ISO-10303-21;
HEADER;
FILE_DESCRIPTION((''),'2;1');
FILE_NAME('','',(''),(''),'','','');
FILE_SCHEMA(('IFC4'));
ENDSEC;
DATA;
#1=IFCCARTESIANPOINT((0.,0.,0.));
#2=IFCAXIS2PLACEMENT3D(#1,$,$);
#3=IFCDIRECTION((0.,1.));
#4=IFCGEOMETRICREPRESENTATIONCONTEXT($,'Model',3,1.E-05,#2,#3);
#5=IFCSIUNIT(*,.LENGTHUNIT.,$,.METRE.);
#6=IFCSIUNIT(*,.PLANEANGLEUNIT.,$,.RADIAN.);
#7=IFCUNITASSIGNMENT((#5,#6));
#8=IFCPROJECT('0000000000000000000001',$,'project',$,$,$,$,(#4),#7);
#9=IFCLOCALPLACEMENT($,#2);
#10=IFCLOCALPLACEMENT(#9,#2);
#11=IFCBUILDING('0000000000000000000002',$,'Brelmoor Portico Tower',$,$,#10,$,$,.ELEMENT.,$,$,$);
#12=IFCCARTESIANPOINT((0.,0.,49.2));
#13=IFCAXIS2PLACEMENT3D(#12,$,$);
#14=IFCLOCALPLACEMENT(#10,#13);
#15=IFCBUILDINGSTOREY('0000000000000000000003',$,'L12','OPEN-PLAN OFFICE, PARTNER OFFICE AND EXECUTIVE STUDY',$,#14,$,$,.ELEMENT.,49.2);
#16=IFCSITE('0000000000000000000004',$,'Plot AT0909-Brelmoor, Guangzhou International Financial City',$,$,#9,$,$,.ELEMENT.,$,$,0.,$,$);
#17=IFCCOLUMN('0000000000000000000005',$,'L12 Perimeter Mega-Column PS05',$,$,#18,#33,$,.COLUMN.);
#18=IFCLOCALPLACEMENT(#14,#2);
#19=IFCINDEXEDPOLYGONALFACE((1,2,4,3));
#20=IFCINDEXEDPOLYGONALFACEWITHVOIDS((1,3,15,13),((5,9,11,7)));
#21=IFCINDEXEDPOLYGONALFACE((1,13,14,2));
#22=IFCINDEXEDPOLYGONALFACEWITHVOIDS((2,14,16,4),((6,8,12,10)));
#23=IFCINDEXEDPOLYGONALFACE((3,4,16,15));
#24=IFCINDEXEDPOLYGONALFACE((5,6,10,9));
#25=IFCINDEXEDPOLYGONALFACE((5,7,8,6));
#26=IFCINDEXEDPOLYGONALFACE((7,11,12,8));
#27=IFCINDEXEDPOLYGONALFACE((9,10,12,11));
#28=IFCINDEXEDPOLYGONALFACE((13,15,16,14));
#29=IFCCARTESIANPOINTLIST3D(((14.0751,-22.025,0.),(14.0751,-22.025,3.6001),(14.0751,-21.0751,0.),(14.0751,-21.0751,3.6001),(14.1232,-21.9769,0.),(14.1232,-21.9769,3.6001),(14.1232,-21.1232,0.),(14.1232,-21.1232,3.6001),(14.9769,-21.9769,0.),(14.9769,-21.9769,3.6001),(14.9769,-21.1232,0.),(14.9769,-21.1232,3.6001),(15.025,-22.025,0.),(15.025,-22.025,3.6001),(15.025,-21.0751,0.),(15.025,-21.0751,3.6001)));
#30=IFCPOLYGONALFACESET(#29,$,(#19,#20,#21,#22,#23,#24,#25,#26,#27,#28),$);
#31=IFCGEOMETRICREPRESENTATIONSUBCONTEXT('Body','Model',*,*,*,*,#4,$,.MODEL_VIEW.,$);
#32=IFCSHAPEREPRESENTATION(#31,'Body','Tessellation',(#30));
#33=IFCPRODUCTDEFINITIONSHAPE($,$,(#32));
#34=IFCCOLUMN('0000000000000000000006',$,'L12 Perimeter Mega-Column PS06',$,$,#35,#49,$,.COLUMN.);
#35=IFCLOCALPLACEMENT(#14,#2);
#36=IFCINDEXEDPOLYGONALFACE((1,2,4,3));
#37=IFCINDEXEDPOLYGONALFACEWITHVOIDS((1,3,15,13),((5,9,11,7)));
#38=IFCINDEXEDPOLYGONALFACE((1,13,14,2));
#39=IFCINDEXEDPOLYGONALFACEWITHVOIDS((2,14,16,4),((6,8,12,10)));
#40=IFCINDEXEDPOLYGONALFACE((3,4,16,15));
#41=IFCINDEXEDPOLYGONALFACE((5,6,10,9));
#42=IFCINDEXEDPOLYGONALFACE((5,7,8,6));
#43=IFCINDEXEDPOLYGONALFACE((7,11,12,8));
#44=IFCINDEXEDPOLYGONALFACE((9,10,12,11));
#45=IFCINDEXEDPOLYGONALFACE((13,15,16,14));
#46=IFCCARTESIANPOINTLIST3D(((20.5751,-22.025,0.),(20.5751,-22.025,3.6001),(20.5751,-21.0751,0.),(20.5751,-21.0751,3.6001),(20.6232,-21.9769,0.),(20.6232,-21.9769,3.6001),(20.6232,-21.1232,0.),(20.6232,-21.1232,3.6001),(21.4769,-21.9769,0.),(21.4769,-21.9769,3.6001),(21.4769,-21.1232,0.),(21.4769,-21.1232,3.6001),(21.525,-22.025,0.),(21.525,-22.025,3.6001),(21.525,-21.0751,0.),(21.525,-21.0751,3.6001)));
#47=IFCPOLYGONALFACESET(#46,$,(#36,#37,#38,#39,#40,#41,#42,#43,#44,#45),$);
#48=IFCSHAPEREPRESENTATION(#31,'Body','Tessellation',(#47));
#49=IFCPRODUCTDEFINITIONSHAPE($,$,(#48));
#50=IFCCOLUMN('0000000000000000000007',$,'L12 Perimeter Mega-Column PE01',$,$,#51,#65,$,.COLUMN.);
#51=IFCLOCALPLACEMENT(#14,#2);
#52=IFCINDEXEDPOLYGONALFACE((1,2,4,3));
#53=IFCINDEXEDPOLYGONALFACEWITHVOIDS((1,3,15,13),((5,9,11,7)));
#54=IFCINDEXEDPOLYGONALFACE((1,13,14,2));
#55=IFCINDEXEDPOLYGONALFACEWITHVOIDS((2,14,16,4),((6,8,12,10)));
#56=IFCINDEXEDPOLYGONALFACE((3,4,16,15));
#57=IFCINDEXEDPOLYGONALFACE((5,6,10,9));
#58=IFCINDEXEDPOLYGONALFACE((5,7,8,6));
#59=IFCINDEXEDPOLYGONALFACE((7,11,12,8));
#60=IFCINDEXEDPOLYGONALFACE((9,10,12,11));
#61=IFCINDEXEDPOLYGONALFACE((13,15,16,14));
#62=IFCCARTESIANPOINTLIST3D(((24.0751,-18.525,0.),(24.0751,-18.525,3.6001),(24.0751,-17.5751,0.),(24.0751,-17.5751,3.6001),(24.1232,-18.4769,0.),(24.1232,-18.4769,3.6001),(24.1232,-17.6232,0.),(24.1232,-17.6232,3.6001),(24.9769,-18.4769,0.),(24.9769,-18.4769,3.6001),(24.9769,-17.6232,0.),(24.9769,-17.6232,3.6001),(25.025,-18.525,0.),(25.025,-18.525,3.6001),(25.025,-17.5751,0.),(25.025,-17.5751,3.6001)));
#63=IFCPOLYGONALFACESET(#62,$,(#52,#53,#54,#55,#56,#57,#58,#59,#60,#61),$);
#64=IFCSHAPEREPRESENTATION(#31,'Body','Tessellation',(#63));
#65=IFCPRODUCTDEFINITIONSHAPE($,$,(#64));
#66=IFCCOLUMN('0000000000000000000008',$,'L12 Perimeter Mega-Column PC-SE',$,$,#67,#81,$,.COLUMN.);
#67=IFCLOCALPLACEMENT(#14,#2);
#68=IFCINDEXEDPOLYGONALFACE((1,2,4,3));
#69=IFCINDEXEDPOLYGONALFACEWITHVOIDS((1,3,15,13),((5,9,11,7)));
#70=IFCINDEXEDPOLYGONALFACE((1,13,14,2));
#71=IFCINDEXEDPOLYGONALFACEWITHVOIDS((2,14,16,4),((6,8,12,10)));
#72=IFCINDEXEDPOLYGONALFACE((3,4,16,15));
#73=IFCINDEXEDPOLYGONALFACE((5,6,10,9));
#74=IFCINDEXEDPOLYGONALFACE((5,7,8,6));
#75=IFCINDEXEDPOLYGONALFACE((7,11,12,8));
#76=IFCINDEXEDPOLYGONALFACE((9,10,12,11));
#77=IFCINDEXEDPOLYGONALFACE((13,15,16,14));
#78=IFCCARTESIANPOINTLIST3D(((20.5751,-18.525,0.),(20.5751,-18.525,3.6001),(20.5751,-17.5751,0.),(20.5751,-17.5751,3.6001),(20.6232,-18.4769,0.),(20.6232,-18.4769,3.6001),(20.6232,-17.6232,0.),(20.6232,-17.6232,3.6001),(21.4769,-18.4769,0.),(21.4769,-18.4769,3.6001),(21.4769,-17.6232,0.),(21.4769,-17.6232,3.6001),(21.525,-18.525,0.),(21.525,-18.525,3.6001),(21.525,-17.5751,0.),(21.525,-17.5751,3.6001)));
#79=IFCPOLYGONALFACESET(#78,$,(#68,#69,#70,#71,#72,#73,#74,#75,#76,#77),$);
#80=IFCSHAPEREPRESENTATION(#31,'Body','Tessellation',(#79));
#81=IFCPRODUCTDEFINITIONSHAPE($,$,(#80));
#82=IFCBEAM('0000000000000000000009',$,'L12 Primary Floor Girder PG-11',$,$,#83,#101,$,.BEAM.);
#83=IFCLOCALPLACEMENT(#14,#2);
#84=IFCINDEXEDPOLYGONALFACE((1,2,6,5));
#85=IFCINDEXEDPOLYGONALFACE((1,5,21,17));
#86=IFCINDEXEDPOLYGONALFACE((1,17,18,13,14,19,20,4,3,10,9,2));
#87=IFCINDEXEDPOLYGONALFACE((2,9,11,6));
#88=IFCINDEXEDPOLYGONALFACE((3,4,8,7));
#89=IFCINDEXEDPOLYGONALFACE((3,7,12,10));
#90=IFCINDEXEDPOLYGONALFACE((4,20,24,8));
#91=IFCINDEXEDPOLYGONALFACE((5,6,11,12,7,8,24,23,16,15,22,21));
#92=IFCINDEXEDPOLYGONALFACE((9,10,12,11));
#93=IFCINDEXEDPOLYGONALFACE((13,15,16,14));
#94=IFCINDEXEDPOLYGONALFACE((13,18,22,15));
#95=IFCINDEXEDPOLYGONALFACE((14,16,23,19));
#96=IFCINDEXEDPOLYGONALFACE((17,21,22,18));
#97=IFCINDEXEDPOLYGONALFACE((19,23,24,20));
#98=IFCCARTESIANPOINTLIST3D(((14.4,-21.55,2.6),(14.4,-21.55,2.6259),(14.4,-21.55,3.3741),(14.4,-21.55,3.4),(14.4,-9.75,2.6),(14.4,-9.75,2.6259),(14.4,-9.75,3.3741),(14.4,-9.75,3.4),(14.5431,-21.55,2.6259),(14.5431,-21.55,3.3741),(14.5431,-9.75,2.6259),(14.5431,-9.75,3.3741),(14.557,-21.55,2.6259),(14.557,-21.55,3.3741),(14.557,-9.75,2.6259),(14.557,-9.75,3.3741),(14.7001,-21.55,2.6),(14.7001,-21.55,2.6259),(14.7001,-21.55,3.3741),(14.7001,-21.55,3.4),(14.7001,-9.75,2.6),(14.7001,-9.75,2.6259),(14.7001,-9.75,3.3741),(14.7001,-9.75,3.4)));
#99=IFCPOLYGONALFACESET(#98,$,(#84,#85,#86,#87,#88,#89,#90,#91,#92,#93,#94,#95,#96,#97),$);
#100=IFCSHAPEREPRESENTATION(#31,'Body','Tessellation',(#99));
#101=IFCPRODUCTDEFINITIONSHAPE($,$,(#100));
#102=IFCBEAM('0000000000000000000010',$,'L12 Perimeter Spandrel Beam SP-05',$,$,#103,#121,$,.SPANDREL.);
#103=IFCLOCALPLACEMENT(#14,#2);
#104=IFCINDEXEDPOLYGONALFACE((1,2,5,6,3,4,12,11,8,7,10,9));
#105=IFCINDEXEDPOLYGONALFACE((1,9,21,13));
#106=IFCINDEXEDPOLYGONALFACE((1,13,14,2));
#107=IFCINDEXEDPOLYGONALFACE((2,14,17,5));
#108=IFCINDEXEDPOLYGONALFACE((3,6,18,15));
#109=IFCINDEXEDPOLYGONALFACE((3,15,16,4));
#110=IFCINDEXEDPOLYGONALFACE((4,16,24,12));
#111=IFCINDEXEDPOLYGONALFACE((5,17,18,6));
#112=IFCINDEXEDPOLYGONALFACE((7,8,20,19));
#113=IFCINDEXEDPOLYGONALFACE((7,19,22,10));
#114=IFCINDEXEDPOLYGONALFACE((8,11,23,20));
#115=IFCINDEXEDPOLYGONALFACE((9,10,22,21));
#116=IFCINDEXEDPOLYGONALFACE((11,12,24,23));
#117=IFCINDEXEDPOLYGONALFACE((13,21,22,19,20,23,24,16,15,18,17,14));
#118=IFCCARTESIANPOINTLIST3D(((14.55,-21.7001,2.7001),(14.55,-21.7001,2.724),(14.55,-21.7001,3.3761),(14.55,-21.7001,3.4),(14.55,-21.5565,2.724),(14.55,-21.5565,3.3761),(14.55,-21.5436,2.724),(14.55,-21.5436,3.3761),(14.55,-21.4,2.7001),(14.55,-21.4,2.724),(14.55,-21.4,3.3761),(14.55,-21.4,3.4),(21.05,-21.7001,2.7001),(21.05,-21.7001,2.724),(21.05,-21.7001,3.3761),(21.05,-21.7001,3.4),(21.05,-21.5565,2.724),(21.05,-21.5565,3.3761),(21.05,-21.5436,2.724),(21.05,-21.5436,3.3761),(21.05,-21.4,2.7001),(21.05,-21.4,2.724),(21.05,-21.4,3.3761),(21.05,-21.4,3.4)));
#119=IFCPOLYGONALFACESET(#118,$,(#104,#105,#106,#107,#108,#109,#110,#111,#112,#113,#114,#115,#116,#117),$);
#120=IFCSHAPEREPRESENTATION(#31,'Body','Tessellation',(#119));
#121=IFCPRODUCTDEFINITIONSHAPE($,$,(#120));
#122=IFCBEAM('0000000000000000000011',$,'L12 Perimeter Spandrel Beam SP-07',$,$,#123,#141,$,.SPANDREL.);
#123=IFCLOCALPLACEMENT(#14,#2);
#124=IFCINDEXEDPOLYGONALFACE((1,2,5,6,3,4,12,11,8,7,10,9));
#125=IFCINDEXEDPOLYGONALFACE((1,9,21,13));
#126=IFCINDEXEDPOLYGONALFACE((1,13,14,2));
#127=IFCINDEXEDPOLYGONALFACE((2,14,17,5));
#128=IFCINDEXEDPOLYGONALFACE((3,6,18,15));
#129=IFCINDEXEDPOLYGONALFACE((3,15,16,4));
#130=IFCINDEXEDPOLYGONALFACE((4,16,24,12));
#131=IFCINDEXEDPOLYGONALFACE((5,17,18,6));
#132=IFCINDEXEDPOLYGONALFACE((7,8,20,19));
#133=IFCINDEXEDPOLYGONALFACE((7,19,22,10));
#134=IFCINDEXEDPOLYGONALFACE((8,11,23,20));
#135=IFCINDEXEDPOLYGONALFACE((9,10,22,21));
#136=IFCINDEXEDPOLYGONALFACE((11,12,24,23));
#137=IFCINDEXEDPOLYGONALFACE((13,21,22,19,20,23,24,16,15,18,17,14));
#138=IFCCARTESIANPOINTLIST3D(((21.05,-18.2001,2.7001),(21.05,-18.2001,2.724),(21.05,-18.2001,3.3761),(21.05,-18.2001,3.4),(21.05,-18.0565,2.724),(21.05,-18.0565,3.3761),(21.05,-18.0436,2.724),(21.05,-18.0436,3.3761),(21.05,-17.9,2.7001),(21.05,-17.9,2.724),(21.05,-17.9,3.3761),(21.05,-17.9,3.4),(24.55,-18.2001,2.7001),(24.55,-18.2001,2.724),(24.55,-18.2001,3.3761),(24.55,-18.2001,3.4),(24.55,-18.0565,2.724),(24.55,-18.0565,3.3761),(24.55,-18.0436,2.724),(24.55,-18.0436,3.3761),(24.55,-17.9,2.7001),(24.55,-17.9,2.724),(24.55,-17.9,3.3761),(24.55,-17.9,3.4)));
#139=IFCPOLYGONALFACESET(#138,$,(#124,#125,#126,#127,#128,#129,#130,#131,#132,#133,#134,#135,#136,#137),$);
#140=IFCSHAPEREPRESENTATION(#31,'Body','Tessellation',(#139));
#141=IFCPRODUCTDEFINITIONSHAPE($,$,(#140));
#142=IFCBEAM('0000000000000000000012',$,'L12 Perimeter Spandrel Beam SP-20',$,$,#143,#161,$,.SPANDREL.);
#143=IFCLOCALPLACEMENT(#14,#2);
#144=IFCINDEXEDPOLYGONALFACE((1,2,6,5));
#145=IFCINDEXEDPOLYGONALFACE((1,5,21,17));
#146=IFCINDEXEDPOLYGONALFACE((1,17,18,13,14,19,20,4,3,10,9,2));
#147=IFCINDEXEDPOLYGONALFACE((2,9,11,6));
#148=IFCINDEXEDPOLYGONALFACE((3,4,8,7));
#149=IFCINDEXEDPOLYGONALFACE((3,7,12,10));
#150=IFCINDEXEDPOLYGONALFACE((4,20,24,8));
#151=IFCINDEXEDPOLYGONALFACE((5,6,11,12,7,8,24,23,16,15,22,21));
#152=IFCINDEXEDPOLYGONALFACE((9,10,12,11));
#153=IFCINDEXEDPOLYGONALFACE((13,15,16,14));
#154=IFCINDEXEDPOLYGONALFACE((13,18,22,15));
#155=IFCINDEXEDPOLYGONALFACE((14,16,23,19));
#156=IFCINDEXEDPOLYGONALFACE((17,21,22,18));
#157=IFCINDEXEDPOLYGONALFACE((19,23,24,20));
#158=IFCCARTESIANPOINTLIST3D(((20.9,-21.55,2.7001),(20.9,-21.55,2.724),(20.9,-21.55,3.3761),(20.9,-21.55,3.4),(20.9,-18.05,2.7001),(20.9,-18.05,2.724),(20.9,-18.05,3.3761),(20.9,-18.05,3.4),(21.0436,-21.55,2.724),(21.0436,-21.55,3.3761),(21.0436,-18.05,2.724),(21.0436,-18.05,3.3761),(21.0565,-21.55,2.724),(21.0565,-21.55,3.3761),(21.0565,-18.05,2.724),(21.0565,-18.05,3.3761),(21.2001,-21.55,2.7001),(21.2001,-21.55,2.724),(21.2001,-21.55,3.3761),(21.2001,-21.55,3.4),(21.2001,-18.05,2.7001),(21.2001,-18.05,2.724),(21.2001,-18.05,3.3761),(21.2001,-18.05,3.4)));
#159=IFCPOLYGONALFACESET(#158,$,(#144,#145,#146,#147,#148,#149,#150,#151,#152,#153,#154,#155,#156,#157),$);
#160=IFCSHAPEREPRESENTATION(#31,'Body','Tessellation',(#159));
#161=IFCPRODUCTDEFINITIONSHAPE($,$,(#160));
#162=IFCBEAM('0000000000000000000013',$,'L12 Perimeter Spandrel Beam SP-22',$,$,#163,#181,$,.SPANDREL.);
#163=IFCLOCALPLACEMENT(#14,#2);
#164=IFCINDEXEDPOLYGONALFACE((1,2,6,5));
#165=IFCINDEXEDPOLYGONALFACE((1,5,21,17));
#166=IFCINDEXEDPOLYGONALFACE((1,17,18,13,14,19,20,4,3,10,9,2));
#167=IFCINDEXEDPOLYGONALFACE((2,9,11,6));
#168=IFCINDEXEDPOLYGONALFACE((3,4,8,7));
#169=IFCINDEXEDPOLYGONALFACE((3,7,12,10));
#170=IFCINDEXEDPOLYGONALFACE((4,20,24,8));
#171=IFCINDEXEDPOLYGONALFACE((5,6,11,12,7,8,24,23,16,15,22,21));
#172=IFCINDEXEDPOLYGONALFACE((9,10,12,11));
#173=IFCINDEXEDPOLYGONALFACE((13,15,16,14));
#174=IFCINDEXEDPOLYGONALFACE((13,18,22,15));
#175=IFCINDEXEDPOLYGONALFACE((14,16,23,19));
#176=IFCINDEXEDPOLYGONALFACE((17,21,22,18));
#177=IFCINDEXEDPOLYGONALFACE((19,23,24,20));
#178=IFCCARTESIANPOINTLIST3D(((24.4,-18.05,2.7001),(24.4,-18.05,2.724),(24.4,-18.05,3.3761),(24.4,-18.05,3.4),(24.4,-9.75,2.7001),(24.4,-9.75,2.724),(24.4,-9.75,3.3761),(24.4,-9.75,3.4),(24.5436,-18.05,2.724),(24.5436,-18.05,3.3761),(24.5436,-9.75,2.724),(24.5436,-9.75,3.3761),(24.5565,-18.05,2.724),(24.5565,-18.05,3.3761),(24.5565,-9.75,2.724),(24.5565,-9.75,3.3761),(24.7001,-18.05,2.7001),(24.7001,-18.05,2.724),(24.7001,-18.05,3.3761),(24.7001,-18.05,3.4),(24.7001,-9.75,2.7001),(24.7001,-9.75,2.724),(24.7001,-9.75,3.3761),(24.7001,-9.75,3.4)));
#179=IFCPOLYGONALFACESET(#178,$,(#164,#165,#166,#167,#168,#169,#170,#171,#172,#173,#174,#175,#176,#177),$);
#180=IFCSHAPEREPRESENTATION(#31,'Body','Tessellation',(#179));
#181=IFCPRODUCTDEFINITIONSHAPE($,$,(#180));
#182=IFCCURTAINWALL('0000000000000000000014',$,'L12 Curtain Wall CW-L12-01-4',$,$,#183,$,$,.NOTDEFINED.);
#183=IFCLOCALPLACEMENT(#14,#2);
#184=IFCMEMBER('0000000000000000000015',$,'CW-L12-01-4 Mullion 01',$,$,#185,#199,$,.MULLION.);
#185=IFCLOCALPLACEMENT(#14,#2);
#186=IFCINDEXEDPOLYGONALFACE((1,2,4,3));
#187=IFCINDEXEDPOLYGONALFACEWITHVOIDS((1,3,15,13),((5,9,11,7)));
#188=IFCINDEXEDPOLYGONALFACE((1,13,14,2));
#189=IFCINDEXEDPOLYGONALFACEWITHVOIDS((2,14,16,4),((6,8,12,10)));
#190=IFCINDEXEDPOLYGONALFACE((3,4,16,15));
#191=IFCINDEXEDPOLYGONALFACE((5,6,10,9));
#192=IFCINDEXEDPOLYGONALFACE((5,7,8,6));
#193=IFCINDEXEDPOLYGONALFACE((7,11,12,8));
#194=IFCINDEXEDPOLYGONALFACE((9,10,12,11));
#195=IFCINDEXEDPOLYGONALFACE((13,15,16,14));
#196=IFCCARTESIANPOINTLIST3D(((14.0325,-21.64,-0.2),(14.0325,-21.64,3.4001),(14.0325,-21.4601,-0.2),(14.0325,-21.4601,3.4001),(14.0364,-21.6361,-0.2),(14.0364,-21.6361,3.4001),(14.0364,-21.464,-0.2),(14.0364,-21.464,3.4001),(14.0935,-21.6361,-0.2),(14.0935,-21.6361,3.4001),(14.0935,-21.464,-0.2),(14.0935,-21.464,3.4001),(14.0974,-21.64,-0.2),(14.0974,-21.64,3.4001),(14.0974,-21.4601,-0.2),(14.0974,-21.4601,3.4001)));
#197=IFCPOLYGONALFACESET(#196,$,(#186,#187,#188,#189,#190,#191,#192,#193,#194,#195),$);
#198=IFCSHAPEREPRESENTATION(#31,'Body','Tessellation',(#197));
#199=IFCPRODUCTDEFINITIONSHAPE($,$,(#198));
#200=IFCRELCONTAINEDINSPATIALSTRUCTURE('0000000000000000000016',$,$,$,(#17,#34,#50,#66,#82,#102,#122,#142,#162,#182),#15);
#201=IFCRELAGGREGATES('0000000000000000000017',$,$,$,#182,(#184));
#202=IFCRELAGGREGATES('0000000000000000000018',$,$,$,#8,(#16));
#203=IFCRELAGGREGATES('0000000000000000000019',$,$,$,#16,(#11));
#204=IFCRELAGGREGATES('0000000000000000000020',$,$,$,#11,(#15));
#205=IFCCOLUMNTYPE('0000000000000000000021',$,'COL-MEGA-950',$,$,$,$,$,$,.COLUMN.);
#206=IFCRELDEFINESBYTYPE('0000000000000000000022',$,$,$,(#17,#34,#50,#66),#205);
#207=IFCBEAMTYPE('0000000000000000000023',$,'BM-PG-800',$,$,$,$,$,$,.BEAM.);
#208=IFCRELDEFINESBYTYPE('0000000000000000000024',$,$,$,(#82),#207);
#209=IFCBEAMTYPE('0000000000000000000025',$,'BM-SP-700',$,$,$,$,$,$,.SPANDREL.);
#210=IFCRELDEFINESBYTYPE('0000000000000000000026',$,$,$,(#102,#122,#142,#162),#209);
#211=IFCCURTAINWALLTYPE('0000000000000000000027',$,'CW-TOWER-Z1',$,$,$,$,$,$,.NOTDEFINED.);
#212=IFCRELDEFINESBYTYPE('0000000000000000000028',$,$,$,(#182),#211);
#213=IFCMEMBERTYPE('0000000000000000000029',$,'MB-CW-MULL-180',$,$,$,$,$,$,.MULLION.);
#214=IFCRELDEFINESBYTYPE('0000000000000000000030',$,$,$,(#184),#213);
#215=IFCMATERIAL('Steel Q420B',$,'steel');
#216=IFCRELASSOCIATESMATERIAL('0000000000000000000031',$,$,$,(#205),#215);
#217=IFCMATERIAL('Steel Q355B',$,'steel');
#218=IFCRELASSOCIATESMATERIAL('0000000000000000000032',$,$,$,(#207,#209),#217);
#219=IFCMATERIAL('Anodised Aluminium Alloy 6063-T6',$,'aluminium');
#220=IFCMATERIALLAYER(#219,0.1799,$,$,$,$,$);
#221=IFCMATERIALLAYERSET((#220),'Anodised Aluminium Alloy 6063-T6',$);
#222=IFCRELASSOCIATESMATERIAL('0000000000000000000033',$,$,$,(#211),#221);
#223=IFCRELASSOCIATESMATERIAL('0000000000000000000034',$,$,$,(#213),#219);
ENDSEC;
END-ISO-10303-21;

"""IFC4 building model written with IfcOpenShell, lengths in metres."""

from ifc_helpers import new_model, si_unit, direction, frame, origin, origin_2d, place, context, subcontext, project, spatial, hollow_rectangle, i_section, extrude, material, layer, layer_set, material_profile, profile_set, type_object, element, aggregate, save


model = new_model("IFC4")

# Units and contexts
model_context = context("Model", 3, precision=1e-05, world=origin(), true_north=direction((0.0, 1.0)))
body_context = subcontext(model_context, "Body", "Model", "MODEL_VIEW")
ifc_project = project(units=[si_unit("LENGTHUNIT", "METRE"), si_unit("PLANEANGLEUNIT", "RADIAN")], contexts=[model_context])

# Site, building, storey
site_placement = place(None, origin())
site = spatial("IfcSite", under=ifc_project, at=site_placement, Name="Plot AT0909-Brelmoor, Guangzhou International Financial City", CompositionType="ELEMENT", RefElevation=0.0)
building_placement = place(site_placement, origin())
building = spatial("IfcBuilding", under=site, at=building_placement, Name="Brelmoor Portico Tower", CompositionType="ELEMENT")
storey_placement = place(building_placement, frame((0.0, 0.0, 49.2)))
storey = spatial("IfcBuildingStorey", under=building, at=storey_placement, Name="L12", Description="OPEN-PLAN OFFICE, PARTNER OFFICE AND EXECUTIVE STUDY", CompositionType="ELEMENT", Elevation=49.2)

# Columns
ifc_material_1 = material(Name="Steel Q420B", Category="steel")
ifc_material_profile_1 = material_profile(ifc_material_1, hollow_rectangle(XDim=0.95, YDim=0.95, WallThickness=0.0481, at=origin_2d()), Name="BOX 950x950x48")
ifc_profile_set_1 = profile_set([ifc_material_profile_1], Name="Steel Q420B")
column_type = type_object("IfcColumnType", Name="COL-MEGA-950", PredefinedType="COLUMN", material=ifc_profile_set_1)
for number, where, z_axis, x_axis, name in (
    (1, (14.55, -21.55, 0.0), (0.0, 0.0, 1.0), (1.0, 0.0, 0.0), "L12 Perimeter Mega-Column PS05"),
    (2, (21.05, -21.55, 0.0), (0.0, 0.0, 1.0), (1.0, 0.0, 0.0), "L12 Perimeter Mega-Column PS06"),
    (3, (24.55, -18.05, 0.0), (0.0, 0.0, 1.0), (0.0, 1.0, 0.0), "L12 Perimeter Mega-Column PE01"),
    (4, (21.05, -18.05, 0.0), (0.0, 0.0, 1.0), (1.0, 0.0, 0.0), "L12 Perimeter Mega-Column PC-SE"),
):
    element("IfcColumn", number, at=place(storey_placement, frame(where, z_axis=z_axis, x_axis=x_axis)), inside=storey, type_object=column_type, Name=name, PredefinedType="COLUMN", context=body_context, shape_type="SweptSolid", body=[
        extrude(hollow_rectangle(XDim=0.95, YDim=0.95, WallThickness=0.0481, at=origin_2d()), origin(), (0.0, 0.0, 1.0), 3.6001),
    ])

# Beams
ifc_material_2 = material(Name="Steel Q355B", Category="steel")
ifc_material_profile_2 = material_profile(ifc_material_2, i_section(OverallWidth=0.3, OverallDepth=0.8, WebThickness=0.0139, FlangeThickness=0.0259, at=origin_2d()), Name="HN 800x300x14x26")
ifc_profile_set_2 = profile_set([ifc_material_profile_2], Name="Steel Q355B")
beam_type_1 = type_object("IfcBeamType", Name="BM-PG-800", PredefinedType="BEAM", material=ifc_profile_set_2)
beam_1_placement = place(storey_placement, frame((14.55, -21.55, 3.0), z_axis=(0.0, 1.0, 0.0), x_axis=(-1.0, 0.0, 0.0)))
element("IfcBeam", 5, at=beam_1_placement, inside=storey, type_object=beam_type_1, Name="L12 Primary Floor Girder PG-11", PredefinedType="BEAM", context=body_context, shape_type="SweptSolid", body=[
    extrude(i_section(OverallWidth=0.3, OverallDepth=0.8, WebThickness=0.0139, FlangeThickness=0.0259, at=origin_2d()), origin(), (0.0, 0.0, 1.0), 11.8),
])
ifc_material_profile_3 = material_profile(ifc_material_2, i_section(OverallWidth=0.3, OverallDepth=0.7, WebThickness=0.0129, FlangeThickness=0.0239, at=origin_2d()), Name="HN 700x300x13x24")
ifc_profile_set_3 = profile_set([ifc_material_profile_3], Name="Steel Q355B")
beam_type_2 = type_object("IfcBeamType", Name="BM-SP-700", PredefinedType="SPANDREL", material=ifc_profile_set_3)
beam_2_placement = place(storey_placement, frame((14.55, -21.55, 3.05), z_axis=(1.0, 0.0, 0.0), x_axis=(0.0, 1.0, 0.0)))
element("IfcBeam", 6, at=beam_2_placement, inside=storey, type_object=beam_type_2, Name="L12 Perimeter Spandrel Beam SP-05", PredefinedType="SPANDREL", context=body_context, shape_type="SweptSolid", body=[
    extrude(i_section(OverallWidth=0.3, OverallDepth=0.7, WebThickness=0.0129, FlangeThickness=0.0239, at=origin_2d()), origin(), (0.0, 0.0, 1.0), 6.5),
])
for number, where, z_axis, x_axis, name in (
    (7, (21.05, -18.05, 3.05), (1.0, 0.0, 0.0), (0.0, 1.0, 0.0), "L12 Perimeter Spandrel Beam SP-07"),
    (8, (21.05, -21.55, 3.05), (0.0, 1.0, 0.0), (-1.0, 0.0, 0.0), "L12 Perimeter Spandrel Beam SP-20"),
):
    element("IfcBeam", number, at=place(storey_placement, frame(where, z_axis=z_axis, x_axis=x_axis)), inside=storey, type_object=beam_type_2, Name=name, PredefinedType="SPANDREL", context=body_context, shape_type="SweptSolid", body=[
        extrude(i_section(OverallWidth=0.3, OverallDepth=0.7, WebThickness=0.0129, FlangeThickness=0.0239, at=origin_2d()), origin(), (0.0, 0.0, 1.0), 3.5),
    ])
beam_3_placement = place(storey_placement, frame((24.55, -18.05, 3.05), z_axis=(0.0, 1.0, 0.0), x_axis=(-1.0, 0.0, 0.0)))
element("IfcBeam", 9, at=beam_3_placement, inside=storey, type_object=beam_type_2, Name="L12 Perimeter Spandrel Beam SP-22", PredefinedType="SPANDREL", context=body_context, shape_type="SweptSolid", body=[
    extrude(i_section(OverallWidth=0.3, OverallDepth=0.7, WebThickness=0.0129, FlangeThickness=0.0239, at=origin_2d()), origin(), (0.0, 0.0, 1.0), 8.3),
])

# Curtain wall, member
ifc_material_3 = material(Name="Anodised Aluminium Alloy 6063-T6", Category="aluminium")
ifc_layer_1 = layer(ifc_material_3, 0.1799)
ifc_layer_set_1 = layer_set([ifc_layer_1], Name="Anodised Aluminium Alloy 6063-T6")
curtain_wall_type_1 = type_object("IfcCurtainWallType", Name="CW-TOWER-Z1", PredefinedType="NOTDEFINED", material=ifc_layer_set_1)
curtain_wall_1_placement = place(storey_placement, origin())
curtain_wall_1 = element("IfcCurtainWall", 10, at=curtain_wall_1_placement, inside=storey, type_object=curtain_wall_type_1, Name="L12 Curtain Wall CW-L12-01-4", PredefinedType="NOTDEFINED")
ifc_material_profile_4 = material_profile(ifc_material_3, hollow_rectangle(XDim=0.0649, YDim=0.1799, WallThickness=0.0039, at=origin_2d()), Name="ALU MULLION 65x180")
ifc_profile_set_4 = profile_set([ifc_material_profile_4], Name="Anodised Aluminium Alloy 6063-T6")
member_type_1 = type_object("IfcMemberType", Name="MB-CW-MULL-180", PredefinedType="MULLION", material=ifc_profile_set_4)
member_1_placement = place(storey_placement, frame((14.0649, -21.55, -0.2), z_axis=(0.0, 0.0, 1.0), x_axis=(1.0, 0.0, 0.0)))
member_1 = element("IfcMember", 11, at=member_1_placement, type_object=member_type_1, Name="CW-L12-01-4 Mullion 01", PredefinedType="MULLION", context=body_context, shape_type="SweptSolid", body=[
    extrude(hollow_rectangle(XDim=0.0649, YDim=0.1799, WallThickness=0.0039, at=origin_2d()), origin(), (0.0, 0.0, 1.0), 3.6001),
])
aggregate(curtain_wall_1, [member_1])

save(model, "model.ifc")
